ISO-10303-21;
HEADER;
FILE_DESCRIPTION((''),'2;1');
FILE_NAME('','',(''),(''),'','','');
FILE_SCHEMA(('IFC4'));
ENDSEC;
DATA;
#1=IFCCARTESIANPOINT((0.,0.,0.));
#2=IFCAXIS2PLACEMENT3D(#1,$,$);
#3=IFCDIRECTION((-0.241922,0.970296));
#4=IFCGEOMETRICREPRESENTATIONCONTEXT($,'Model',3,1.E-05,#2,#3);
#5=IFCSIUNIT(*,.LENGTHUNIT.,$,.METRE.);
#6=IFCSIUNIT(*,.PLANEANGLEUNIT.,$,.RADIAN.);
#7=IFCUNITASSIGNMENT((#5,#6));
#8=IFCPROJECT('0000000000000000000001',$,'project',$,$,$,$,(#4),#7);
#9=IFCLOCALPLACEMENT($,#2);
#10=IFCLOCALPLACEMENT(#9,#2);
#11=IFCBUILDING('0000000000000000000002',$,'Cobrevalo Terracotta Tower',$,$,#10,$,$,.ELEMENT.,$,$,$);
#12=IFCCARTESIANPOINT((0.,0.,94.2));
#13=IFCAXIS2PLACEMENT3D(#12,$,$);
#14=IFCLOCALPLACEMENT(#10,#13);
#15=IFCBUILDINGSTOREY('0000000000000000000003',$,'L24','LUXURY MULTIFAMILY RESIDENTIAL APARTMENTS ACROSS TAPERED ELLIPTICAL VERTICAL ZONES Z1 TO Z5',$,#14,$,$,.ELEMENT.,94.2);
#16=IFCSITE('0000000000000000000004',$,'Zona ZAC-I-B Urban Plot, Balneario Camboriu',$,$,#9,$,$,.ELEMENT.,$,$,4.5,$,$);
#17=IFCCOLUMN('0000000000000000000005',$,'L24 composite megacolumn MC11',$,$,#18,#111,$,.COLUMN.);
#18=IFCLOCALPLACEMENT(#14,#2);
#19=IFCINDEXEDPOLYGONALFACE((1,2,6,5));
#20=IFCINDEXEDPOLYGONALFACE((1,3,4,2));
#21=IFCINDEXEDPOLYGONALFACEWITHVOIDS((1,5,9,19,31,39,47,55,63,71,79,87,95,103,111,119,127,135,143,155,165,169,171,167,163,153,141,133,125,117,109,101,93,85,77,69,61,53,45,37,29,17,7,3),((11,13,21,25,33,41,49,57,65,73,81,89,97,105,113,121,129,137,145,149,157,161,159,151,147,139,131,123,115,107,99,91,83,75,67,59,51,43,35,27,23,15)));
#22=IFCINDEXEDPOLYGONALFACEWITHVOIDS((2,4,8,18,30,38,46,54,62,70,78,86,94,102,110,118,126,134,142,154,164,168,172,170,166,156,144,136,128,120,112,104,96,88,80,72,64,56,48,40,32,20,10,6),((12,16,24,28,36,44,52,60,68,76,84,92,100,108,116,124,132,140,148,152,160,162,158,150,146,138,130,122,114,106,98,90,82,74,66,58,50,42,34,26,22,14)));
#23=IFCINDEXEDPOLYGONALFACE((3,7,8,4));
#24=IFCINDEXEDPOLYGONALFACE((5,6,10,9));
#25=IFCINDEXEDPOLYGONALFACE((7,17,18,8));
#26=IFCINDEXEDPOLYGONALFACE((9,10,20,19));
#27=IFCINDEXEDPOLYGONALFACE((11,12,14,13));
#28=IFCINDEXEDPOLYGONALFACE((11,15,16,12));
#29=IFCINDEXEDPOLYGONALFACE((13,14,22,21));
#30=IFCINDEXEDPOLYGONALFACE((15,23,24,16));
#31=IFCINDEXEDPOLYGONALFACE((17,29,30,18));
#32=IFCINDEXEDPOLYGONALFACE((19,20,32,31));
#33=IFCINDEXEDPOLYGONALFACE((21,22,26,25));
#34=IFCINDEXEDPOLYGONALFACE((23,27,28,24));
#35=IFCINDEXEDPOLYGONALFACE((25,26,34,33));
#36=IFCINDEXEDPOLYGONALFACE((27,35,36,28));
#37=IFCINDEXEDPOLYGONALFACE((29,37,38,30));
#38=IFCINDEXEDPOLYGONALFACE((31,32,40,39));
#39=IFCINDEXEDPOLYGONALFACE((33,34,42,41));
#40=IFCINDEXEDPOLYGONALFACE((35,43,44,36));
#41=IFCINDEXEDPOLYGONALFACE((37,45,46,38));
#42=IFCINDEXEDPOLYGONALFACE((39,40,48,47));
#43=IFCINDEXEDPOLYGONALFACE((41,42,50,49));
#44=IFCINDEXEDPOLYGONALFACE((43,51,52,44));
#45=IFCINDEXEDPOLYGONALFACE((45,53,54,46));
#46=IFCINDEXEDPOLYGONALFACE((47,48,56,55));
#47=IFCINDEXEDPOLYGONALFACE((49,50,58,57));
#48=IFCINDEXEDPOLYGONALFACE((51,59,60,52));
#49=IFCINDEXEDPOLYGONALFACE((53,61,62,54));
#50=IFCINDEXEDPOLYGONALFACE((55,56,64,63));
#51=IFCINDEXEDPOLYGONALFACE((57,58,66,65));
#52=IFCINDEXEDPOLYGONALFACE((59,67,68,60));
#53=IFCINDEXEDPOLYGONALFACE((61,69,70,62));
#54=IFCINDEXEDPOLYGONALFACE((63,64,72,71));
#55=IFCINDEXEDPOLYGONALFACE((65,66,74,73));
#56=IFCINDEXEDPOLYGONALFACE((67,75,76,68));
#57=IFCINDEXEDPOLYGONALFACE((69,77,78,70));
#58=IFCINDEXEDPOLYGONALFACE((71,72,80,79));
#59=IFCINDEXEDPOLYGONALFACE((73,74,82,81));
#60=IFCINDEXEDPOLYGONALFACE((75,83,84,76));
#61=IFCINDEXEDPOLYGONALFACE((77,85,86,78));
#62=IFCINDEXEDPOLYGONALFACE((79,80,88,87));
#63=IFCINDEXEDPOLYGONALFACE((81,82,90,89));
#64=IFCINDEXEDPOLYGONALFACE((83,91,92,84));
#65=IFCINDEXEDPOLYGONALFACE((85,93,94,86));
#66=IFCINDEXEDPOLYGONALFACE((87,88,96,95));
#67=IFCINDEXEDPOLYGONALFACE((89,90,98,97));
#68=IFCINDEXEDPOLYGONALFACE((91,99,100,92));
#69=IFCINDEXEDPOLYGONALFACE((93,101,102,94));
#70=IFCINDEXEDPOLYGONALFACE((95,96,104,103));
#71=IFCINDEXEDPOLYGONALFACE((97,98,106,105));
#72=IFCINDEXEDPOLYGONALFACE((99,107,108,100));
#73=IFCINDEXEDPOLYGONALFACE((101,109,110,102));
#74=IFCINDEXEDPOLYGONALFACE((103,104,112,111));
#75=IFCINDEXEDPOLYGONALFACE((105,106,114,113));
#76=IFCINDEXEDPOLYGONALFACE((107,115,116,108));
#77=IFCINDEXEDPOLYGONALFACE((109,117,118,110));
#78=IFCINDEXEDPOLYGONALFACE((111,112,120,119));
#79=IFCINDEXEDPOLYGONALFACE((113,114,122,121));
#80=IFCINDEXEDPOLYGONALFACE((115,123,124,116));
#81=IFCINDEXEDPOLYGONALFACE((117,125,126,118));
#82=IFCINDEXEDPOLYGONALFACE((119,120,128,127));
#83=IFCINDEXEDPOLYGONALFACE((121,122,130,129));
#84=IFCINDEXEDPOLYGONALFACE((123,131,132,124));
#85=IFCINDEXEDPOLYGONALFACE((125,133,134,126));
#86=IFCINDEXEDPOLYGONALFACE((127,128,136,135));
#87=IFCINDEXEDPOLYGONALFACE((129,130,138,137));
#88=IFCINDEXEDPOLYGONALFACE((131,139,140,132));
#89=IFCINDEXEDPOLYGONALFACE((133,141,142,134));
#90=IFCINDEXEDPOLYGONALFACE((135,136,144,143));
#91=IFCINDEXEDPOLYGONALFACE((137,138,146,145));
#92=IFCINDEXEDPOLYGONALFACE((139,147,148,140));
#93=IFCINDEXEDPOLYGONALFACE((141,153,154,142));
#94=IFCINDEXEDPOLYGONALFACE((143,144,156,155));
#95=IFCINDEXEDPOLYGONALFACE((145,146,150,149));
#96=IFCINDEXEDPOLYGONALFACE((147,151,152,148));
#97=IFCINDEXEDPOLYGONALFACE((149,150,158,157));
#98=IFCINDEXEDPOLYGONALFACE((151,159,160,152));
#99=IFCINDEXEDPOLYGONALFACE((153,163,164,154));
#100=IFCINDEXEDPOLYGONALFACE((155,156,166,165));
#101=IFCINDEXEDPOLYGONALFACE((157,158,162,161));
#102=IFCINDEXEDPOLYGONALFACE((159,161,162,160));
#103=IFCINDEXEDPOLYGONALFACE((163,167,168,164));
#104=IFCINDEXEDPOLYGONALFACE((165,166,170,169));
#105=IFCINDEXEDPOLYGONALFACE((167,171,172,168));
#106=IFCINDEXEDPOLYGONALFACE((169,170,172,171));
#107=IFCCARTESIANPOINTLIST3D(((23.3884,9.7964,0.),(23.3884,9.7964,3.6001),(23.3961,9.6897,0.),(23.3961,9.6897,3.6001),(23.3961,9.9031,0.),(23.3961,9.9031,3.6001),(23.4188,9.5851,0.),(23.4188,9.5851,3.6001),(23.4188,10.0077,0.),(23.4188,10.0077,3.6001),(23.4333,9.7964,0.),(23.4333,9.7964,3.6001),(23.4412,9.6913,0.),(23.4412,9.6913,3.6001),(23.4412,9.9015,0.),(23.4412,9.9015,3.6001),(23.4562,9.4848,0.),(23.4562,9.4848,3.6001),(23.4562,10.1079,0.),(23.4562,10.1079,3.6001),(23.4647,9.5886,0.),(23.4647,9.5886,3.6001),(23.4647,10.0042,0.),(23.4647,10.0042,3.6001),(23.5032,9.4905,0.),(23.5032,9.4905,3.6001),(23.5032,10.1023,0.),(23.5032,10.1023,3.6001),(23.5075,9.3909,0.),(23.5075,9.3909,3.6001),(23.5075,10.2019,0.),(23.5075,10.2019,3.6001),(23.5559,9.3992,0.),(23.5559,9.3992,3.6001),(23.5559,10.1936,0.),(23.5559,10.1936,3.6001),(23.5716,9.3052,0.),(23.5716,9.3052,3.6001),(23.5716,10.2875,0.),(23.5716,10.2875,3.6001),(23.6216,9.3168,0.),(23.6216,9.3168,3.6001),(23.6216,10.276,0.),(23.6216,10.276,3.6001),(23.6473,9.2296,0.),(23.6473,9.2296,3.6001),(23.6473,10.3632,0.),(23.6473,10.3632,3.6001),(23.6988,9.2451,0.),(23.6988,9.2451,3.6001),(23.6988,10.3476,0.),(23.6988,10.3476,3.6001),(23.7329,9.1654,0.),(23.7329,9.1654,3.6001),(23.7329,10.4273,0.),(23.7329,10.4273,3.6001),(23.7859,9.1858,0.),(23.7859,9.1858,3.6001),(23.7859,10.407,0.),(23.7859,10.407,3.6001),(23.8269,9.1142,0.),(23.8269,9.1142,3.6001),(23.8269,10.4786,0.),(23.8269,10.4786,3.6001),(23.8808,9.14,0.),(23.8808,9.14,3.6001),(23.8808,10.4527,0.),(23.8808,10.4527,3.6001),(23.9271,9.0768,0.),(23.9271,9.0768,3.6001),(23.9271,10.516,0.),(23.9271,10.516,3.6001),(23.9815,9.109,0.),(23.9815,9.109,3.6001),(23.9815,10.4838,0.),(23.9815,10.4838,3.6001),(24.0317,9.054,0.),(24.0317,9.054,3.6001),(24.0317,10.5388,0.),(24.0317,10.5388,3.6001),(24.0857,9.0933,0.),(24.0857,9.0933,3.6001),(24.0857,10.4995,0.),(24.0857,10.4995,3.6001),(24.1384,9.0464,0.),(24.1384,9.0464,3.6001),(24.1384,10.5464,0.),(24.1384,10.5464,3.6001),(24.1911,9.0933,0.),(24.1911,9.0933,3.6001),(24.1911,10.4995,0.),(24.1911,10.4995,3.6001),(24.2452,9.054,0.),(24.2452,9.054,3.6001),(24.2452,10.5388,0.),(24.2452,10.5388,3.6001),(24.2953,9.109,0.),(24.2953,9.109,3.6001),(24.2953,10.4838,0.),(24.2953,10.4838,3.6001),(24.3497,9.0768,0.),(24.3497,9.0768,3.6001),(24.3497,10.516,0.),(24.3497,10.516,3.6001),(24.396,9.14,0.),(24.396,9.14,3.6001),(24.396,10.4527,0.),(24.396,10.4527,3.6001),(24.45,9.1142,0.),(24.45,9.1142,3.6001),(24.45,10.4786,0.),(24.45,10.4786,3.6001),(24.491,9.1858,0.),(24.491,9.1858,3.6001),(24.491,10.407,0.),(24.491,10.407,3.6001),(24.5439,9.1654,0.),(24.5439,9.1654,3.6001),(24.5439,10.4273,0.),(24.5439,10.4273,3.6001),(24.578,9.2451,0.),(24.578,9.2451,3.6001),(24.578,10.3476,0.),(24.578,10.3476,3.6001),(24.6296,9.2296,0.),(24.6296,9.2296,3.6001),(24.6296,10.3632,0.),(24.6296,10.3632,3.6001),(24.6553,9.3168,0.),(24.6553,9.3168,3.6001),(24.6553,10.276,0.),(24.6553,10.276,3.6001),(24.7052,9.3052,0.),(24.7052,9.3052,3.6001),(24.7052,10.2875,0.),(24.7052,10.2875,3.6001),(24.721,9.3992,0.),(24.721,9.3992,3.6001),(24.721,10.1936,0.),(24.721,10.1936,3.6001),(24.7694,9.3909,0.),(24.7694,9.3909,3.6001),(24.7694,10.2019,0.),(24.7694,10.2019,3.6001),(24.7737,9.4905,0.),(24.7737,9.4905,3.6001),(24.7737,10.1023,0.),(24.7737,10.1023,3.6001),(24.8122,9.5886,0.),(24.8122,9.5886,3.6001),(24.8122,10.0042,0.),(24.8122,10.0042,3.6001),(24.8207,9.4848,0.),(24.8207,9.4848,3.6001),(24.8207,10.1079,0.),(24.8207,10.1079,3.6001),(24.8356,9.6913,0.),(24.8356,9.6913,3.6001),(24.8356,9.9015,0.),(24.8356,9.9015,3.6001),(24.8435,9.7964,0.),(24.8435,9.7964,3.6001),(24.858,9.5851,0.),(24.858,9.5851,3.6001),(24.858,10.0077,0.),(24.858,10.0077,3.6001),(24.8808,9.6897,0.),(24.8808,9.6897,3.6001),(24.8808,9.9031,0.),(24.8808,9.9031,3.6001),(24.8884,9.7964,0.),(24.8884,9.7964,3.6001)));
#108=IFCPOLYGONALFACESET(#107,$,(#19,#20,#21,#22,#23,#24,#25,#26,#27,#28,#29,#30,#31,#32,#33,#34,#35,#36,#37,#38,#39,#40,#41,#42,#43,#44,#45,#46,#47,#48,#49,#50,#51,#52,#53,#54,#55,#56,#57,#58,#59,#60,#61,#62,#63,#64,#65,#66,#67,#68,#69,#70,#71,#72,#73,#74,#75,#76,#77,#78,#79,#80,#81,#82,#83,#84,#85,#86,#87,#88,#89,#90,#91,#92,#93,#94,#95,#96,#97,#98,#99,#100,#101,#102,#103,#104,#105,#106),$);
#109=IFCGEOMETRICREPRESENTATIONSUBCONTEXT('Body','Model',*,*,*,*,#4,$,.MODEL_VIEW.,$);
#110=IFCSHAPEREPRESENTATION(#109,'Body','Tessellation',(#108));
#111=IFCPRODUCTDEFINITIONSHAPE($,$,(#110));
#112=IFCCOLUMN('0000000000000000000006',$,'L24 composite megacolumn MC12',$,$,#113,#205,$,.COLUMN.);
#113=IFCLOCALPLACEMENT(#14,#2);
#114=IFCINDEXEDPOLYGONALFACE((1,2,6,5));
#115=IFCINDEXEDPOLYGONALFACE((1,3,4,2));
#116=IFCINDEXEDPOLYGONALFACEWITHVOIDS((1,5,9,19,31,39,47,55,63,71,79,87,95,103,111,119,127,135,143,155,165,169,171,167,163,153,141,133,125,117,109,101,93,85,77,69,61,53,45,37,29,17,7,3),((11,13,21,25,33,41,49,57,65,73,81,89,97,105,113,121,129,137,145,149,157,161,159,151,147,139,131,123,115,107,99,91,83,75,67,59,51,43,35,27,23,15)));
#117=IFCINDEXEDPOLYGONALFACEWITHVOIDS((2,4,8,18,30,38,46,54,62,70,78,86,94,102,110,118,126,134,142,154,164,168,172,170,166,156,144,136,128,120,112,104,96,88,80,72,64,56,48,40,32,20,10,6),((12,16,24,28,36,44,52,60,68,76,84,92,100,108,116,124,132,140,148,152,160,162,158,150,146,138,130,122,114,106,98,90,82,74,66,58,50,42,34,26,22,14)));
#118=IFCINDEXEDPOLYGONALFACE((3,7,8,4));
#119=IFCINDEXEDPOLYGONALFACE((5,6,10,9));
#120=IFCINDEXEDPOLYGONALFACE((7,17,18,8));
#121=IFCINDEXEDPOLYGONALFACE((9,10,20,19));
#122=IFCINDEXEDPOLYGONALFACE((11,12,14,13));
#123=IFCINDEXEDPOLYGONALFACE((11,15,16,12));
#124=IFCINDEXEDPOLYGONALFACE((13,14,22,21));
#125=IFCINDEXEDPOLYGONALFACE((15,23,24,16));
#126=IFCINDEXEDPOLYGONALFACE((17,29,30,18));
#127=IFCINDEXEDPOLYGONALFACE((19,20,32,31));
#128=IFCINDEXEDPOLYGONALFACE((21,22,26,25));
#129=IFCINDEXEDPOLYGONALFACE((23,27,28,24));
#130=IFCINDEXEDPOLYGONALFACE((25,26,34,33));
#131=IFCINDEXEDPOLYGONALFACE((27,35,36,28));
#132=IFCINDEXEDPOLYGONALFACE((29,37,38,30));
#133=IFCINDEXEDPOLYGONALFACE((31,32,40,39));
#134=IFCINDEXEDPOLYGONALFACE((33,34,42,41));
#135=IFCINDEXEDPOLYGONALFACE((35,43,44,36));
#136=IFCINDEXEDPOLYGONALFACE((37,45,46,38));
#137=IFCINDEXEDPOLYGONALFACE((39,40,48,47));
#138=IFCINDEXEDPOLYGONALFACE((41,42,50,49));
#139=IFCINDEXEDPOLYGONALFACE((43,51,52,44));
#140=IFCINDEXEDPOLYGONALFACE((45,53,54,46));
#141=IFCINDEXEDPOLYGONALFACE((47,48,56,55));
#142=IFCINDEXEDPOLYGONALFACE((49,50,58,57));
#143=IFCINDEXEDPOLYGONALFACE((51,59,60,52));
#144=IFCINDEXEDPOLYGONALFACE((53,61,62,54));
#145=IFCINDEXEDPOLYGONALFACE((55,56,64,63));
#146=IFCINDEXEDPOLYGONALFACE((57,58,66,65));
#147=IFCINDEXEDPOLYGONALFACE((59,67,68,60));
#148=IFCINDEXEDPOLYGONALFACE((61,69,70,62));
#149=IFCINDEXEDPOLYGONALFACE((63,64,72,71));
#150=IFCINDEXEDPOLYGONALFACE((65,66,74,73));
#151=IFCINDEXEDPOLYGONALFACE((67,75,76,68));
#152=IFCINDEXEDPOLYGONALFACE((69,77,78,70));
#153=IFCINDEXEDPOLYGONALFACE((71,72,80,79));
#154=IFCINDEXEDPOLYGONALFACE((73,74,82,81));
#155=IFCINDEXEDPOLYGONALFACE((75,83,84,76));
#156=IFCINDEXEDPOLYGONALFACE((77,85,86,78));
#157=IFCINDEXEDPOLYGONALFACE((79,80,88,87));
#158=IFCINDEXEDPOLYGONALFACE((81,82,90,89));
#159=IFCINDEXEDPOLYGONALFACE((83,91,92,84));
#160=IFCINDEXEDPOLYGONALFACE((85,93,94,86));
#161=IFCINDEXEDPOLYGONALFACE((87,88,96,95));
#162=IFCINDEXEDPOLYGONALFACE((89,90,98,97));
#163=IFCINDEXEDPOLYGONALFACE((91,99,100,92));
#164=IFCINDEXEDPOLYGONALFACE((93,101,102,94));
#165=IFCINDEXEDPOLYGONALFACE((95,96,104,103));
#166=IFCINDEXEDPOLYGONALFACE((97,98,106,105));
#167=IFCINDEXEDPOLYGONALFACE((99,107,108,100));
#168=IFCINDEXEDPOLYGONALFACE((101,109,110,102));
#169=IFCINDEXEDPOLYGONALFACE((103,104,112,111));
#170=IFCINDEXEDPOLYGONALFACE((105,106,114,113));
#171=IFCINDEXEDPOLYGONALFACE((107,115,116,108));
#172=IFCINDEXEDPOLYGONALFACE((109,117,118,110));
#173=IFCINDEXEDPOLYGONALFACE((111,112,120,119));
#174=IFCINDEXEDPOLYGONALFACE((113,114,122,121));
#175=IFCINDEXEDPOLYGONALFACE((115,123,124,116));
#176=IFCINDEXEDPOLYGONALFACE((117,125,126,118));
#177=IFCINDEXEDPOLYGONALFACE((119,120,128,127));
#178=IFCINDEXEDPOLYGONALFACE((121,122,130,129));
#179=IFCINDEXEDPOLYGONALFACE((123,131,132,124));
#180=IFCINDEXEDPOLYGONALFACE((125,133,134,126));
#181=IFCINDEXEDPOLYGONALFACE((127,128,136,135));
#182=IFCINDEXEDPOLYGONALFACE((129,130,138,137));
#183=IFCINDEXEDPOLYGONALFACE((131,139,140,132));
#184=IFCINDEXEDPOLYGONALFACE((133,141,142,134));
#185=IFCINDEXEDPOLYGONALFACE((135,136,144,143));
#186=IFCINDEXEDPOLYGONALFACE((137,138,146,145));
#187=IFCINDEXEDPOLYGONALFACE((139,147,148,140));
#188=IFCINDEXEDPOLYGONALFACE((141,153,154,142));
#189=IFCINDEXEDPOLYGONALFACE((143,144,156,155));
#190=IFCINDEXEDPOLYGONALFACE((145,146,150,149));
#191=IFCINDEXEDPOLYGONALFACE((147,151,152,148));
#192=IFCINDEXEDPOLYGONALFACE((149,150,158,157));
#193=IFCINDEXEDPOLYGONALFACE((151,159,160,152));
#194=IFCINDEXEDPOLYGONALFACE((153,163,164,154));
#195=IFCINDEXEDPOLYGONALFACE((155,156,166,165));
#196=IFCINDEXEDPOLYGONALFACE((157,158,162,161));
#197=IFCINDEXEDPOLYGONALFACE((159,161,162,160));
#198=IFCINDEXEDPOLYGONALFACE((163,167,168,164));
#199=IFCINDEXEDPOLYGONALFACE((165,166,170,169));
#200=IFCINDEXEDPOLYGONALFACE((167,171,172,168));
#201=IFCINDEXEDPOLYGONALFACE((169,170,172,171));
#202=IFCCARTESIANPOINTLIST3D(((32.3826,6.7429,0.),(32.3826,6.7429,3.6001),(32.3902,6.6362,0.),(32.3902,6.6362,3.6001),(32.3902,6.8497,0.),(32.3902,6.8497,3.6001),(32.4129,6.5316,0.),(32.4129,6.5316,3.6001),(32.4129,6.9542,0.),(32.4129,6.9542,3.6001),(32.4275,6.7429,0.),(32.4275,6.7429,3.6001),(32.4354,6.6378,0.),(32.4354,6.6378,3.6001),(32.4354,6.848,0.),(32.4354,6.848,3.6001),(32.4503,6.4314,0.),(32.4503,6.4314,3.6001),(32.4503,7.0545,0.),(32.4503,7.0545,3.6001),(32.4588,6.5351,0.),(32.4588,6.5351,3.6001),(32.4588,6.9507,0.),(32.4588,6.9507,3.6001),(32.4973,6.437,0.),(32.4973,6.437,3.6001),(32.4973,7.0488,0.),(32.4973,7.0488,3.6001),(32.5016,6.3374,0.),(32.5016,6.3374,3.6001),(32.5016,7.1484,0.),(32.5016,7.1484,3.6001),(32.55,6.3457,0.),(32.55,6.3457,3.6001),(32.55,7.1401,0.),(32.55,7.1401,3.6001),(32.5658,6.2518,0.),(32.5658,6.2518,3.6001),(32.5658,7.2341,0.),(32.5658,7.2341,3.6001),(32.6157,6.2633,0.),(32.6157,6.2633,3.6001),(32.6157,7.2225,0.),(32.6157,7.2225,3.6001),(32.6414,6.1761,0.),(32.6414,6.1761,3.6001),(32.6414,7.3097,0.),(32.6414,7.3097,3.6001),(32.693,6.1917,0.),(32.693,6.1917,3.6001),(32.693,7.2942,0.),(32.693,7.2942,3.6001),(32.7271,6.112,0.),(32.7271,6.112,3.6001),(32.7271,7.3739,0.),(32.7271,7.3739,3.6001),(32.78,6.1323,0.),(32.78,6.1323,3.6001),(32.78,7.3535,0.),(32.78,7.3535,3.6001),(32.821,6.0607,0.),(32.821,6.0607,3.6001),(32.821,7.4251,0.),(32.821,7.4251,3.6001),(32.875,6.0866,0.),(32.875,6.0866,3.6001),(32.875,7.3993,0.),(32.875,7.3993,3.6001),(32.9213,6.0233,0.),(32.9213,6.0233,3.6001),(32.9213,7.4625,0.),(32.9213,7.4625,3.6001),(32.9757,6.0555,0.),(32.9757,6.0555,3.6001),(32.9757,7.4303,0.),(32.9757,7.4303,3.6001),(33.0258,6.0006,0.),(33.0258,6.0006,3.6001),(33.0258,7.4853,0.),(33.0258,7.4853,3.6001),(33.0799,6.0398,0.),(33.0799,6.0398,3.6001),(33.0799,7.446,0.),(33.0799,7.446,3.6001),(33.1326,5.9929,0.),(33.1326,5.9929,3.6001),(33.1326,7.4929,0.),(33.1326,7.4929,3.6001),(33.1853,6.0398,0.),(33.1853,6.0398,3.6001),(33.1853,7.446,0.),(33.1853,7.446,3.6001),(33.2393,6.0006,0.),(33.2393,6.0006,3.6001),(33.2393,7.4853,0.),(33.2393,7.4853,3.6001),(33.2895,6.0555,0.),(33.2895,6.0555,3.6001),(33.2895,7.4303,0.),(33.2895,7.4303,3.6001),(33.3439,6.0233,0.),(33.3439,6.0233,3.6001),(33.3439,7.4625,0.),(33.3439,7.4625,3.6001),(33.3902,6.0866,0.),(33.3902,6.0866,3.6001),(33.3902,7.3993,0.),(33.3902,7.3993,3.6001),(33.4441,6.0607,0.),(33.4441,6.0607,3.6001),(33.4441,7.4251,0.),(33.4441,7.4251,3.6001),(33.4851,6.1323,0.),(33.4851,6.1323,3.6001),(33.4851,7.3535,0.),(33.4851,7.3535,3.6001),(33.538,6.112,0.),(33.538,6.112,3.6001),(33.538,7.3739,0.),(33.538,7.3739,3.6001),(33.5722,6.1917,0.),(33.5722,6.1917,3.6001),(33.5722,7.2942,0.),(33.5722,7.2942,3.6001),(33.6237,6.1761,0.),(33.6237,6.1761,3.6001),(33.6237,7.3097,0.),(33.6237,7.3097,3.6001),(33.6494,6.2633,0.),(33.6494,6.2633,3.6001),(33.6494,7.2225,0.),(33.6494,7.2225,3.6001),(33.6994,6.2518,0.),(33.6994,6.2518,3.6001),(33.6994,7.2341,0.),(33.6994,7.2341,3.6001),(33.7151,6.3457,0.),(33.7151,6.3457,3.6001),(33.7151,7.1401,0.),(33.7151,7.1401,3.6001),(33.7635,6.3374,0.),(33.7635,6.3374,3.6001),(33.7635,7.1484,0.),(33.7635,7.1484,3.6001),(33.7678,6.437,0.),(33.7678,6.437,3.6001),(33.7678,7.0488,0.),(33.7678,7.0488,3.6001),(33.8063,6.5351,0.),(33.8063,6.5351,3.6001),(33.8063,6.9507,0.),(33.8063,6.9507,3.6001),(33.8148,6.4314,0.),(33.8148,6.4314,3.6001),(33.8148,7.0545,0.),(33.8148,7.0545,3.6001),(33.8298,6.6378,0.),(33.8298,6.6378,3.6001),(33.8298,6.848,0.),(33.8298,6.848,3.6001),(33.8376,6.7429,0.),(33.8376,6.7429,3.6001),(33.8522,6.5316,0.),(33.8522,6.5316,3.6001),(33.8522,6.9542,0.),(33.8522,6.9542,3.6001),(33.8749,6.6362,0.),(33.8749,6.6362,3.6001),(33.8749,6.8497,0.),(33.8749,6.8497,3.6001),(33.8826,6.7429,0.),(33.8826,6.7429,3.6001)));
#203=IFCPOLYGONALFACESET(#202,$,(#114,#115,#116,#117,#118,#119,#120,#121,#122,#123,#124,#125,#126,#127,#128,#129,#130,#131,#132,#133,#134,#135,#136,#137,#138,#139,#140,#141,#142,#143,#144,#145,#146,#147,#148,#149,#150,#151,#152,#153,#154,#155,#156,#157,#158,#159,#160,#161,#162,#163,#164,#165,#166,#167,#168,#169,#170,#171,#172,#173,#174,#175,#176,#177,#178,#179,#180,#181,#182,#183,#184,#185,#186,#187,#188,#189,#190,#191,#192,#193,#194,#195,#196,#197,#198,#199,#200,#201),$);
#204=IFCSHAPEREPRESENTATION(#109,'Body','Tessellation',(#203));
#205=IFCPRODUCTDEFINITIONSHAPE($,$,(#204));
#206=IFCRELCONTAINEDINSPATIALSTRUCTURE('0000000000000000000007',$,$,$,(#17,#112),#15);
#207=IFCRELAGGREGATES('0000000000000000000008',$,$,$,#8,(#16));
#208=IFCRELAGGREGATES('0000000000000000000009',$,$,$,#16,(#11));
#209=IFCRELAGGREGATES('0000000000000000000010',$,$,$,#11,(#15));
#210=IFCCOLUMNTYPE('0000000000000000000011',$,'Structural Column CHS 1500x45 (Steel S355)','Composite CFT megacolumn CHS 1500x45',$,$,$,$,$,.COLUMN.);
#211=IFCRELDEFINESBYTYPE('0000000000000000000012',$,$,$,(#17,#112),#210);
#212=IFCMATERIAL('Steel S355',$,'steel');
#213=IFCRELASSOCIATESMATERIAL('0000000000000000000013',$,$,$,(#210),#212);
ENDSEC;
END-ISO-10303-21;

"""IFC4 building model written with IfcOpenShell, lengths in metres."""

from ifc_helpers import new_model, si_unit, direction, frame, origin, origin_2d, place, context, subcontext, project, spatial, hollow_circle, extrude, material, material_profile, profile_set, type_object, element, save


model = new_model("IFC4")

# Units and contexts
model_context = context("Model", 3, precision=1e-05, world=origin(), true_north=direction((-0.241922, 0.970296)))
body_context = subcontext(model_context, "Body", "Model", "MODEL_VIEW")
ifc_project = project(units=[si_unit("LENGTHUNIT", "METRE"), si_unit("PLANEANGLEUNIT", "RADIAN")], contexts=[model_context])

# Site, building, storey
site_placement = place(None, origin())
site = spatial("IfcSite", under=ifc_project, at=site_placement, Name="Zona ZAC-I-B Urban Plot, Balneario Camboriu", CompositionType="ELEMENT", RefElevation=4.5)
building_placement = place(site_placement, origin())
building = spatial("IfcBuilding", under=site, at=building_placement, Name="Cobrevalo Terracotta Tower", CompositionType="ELEMENT")
storey_placement = place(building_placement, frame((0.0, 0.0, 94.2)))
storey = spatial("IfcBuildingStorey", under=building, at=storey_placement, Name="L24", Description="LUXURY MULTIFAMILY RESIDENTIAL APARTMENTS ACROSS TAPERED ELLIPTICAL VERTICAL ZONES Z1 TO Z5", CompositionType="ELEMENT", Elevation=94.2)

# Columns
ifc_material_1 = material(Name="Steel S355", Category="steel")
ifc_material_profile_1 = material_profile(ifc_material_1, hollow_circle(Radius=0.75, WallThickness=0.0449, at=origin_2d()), Name="CHS 1500x45")
ifc_profile_set_1 = profile_set([ifc_material_profile_1], Name="Steel S355")
column_type = type_object("IfcColumnType", Name="Structural Column CHS 1500x45 (Steel S355)", Description="Composite CFT megacolumn CHS 1500x45", PredefinedType="COLUMN", material=ifc_profile_set_1)
for number, where, z_axis, x_axis, name in (
    (1, (24.1384, 9.7964, 0.0), (0.0, 0.0, 1.0), (1.0, 0.0, 0.0), "L24 composite megacolumn MC11"),
    (2, (33.1326, 6.7429, 0.0), (0.0, 0.0, 1.0), (1.0, 0.0, 0.0), "L24 composite megacolumn MC12"),
):
    element("IfcColumn", number, at=place(storey_placement, frame(where, z_axis=z_axis, x_axis=x_axis)), inside=storey, type_object=column_type, Name=name, PredefinedType="COLUMN", context=body_context, shape_type="SweptSolid", body=[
        extrude(hollow_circle(Radius=0.75, WallThickness=0.0449, at=origin_2d()), origin(), (0.0, 0.0, 1.0), 3.6001),
    ])

save(model, "model.ifc")
